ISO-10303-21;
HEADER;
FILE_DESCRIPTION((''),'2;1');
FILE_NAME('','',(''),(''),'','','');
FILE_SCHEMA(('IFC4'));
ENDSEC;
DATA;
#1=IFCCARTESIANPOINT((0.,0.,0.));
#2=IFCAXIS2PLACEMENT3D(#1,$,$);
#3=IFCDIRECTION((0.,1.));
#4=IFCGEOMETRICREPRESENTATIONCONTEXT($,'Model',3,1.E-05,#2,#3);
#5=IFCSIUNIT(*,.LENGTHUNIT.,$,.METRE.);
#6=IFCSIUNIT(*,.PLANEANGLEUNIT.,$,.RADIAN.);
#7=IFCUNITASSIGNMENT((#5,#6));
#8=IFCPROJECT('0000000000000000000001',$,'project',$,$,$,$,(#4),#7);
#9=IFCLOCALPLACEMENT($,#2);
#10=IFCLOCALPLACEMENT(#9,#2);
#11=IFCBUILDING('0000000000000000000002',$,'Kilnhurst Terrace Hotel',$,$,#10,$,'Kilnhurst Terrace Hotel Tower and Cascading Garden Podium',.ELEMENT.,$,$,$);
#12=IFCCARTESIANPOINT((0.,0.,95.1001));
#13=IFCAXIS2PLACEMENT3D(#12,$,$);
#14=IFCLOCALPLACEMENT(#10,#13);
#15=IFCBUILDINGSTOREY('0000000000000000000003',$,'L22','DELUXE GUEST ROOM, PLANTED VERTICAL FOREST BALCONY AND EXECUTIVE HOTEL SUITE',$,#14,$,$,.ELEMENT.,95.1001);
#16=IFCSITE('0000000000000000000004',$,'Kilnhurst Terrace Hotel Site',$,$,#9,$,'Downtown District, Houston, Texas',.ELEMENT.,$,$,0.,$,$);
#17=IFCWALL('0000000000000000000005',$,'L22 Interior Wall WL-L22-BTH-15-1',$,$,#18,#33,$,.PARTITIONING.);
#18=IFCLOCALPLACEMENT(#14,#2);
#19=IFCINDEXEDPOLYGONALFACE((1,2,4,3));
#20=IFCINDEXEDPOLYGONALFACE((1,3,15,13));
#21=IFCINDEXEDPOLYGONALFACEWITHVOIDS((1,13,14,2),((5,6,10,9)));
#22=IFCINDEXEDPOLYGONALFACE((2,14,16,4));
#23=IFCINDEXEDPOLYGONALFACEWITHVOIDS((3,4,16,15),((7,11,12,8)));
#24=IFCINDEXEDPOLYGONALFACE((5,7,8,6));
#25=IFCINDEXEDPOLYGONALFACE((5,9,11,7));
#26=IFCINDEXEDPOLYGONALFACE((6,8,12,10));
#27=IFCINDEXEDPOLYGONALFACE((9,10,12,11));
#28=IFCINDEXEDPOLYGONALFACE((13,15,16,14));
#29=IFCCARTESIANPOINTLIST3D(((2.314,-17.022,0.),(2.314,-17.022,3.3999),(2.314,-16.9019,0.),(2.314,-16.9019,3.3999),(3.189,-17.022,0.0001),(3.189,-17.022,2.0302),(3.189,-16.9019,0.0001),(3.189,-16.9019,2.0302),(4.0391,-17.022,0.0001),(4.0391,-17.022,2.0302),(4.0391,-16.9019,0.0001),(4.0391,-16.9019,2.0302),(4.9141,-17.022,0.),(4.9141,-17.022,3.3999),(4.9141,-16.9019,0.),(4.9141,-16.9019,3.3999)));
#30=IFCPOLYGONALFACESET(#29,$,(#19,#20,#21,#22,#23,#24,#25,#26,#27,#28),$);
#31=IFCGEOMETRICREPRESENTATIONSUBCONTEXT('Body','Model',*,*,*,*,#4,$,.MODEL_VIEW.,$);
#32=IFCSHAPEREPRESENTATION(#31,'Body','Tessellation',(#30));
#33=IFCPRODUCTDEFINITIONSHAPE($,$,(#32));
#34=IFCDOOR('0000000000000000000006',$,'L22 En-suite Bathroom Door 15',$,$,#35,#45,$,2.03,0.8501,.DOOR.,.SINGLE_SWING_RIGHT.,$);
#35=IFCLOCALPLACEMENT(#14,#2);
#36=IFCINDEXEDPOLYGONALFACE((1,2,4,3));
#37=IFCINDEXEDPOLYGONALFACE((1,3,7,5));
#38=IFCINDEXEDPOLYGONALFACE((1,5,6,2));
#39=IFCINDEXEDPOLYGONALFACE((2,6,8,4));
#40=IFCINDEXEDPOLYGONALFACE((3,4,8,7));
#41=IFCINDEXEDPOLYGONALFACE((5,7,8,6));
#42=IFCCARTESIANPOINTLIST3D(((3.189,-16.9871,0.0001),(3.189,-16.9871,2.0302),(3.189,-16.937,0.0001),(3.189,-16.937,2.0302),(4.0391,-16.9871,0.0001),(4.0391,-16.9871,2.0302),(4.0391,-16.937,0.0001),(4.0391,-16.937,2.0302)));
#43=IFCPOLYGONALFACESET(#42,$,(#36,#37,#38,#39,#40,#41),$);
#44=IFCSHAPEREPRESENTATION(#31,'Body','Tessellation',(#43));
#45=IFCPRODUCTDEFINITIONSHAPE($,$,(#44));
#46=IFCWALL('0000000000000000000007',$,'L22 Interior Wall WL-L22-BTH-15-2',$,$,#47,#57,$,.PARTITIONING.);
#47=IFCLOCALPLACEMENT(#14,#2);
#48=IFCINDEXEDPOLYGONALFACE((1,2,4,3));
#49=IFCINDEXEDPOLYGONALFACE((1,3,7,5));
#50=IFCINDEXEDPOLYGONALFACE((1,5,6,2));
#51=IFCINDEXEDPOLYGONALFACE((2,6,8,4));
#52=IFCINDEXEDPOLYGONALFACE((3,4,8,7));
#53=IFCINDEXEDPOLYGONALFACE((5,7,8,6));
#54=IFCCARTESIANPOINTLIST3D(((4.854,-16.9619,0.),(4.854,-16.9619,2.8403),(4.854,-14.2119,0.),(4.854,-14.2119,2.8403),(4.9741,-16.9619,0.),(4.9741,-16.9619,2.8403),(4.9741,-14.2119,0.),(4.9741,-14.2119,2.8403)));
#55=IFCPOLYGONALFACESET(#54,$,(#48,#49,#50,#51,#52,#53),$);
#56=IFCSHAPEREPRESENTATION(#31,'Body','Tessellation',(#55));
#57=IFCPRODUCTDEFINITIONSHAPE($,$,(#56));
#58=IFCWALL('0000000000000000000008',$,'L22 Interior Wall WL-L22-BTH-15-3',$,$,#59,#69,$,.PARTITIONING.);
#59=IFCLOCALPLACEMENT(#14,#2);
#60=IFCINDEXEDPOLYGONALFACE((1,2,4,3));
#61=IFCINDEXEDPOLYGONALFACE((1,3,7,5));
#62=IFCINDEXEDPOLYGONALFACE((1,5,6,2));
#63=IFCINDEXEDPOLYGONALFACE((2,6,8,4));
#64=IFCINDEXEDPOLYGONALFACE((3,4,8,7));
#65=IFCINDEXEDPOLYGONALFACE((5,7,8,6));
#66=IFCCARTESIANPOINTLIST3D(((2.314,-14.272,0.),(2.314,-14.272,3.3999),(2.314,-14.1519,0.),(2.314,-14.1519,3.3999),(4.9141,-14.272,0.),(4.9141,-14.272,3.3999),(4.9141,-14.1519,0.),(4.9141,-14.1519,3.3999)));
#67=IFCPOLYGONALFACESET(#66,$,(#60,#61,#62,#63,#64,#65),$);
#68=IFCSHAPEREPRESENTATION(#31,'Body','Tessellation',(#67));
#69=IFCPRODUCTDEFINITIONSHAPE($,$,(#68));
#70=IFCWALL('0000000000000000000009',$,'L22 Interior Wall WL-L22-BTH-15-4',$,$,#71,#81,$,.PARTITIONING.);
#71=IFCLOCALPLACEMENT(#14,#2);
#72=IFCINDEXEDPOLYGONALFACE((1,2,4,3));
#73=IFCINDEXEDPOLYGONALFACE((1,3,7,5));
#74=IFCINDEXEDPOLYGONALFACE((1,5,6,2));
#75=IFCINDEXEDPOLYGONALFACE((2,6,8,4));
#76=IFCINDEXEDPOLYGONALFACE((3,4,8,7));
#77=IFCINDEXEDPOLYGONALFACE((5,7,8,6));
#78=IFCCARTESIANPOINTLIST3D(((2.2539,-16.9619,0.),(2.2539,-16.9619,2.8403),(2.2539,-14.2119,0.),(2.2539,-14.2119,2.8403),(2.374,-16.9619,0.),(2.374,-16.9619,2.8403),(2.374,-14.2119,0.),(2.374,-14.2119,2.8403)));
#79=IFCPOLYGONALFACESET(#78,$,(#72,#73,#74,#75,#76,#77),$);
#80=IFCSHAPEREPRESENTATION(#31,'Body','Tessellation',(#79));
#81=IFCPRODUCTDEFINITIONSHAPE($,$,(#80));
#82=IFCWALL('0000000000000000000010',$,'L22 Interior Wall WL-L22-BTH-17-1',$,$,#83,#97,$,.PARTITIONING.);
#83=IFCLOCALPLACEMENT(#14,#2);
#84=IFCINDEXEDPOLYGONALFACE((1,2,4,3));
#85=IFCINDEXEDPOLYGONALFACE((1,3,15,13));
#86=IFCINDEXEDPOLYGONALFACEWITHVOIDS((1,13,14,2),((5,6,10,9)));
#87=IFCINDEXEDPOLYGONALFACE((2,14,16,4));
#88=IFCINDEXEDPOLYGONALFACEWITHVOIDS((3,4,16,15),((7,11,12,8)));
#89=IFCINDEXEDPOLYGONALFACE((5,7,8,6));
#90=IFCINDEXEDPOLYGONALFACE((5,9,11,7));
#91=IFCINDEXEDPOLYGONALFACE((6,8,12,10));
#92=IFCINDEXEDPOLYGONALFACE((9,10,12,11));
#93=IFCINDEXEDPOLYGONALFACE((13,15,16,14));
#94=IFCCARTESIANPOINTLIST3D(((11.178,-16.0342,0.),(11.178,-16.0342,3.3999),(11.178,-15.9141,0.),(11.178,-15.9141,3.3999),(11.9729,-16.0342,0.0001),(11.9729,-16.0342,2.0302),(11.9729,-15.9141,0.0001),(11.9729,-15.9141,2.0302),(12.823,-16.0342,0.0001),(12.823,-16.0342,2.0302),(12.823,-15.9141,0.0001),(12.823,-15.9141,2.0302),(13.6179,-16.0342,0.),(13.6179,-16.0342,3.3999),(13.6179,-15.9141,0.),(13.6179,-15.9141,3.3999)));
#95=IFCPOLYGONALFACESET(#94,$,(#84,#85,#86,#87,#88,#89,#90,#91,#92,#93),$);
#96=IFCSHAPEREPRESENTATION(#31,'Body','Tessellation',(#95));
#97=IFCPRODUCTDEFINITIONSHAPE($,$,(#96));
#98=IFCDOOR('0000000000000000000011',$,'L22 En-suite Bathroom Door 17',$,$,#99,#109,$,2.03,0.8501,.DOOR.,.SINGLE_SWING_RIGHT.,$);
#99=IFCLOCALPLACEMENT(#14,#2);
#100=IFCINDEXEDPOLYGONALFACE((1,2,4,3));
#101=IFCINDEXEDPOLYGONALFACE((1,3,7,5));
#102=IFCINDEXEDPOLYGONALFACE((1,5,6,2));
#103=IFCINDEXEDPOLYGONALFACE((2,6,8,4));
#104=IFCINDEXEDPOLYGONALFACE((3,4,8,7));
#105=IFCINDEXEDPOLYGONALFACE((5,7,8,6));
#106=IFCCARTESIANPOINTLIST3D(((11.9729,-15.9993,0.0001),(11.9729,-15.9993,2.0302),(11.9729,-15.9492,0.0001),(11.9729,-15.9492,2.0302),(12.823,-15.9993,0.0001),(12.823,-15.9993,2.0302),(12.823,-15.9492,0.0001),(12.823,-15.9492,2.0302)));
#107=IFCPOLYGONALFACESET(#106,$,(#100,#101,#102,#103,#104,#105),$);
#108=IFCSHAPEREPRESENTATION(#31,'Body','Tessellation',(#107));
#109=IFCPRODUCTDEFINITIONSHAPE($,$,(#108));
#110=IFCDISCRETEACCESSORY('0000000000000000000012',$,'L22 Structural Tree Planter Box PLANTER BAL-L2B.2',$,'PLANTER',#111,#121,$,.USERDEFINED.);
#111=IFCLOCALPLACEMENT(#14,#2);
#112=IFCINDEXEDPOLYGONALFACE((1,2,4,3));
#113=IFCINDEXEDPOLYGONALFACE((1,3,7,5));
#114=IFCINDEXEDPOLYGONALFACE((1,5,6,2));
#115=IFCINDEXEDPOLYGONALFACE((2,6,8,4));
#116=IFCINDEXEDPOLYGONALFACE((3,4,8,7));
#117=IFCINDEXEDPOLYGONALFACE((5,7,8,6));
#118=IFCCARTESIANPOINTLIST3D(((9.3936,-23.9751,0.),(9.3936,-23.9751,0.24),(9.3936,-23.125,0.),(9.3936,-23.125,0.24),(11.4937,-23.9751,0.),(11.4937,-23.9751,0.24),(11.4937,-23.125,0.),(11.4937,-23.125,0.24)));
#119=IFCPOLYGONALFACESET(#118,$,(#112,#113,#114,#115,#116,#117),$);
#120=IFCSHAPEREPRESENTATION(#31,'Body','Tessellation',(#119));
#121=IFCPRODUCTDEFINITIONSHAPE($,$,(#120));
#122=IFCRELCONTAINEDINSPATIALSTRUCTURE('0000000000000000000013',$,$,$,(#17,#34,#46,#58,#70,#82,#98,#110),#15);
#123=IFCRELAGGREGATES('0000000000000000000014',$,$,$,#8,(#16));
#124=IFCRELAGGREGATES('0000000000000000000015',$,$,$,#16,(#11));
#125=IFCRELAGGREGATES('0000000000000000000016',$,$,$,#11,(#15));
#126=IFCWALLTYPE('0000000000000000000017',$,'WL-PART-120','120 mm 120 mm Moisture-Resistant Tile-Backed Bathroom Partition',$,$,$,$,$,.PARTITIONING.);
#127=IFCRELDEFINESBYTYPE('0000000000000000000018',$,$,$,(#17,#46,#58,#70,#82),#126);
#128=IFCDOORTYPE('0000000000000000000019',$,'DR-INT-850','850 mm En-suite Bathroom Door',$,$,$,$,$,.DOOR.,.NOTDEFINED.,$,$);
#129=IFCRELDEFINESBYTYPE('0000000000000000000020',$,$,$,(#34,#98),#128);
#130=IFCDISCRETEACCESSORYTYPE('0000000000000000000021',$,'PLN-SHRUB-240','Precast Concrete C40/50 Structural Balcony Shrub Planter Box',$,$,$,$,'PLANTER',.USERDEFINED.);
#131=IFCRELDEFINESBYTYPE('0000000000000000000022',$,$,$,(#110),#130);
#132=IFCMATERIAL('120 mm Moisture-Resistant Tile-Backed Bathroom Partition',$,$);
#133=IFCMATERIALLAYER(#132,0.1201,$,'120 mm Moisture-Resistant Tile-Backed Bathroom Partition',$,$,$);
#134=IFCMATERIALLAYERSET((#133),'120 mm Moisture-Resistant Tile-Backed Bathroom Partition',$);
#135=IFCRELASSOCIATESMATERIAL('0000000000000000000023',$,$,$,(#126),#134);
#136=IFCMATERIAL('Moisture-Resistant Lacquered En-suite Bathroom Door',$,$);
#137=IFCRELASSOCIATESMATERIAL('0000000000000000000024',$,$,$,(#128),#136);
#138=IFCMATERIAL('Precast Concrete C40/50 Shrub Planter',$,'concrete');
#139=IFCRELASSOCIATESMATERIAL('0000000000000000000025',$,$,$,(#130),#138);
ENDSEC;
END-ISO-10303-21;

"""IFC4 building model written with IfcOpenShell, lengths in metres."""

from ifc_helpers import new_model, si_unit, direction, frame, frame_2d, origin, origin_2d, place, context, subcontext, project, spatial, rectangle, extrude, material, layer, layer_set, type_object, element, fill, save


model = new_model("IFC4")

# Units and contexts
model_context = context("Model", 3, precision=1e-05, world=origin(), true_north=direction((0.0, 1.0)))
body_context = subcontext(model_context, "Body", "Model", "MODEL_VIEW")
ifc_project = project(units=[si_unit("LENGTHUNIT", "METRE"), si_unit("PLANEANGLEUNIT", "RADIAN")], contexts=[model_context])

# Site, building, storey
site_placement = place(None, origin())
site = spatial("IfcSite", under=ifc_project, at=site_placement, Name="Kilnhurst Terrace Hotel Site", LongName="Downtown District, Houston, Texas", CompositionType="ELEMENT", RefElevation=0.0)
building_placement = place(site_placement, origin())
building = spatial("IfcBuilding", under=site, at=building_placement, Name="Kilnhurst Terrace Hotel", LongName="Kilnhurst Terrace Hotel Tower and Cascading Garden Podium", CompositionType="ELEMENT")
storey_placement = place(building_placement, frame((0.0, 0.0, 95.1001)))
storey = spatial("IfcBuildingStorey", under=building, at=storey_placement, Name="L22", Description="DELUXE GUEST ROOM, PLANTED VERTICAL FOREST BALCONY AND EXECUTIVE HOTEL SUITE", CompositionType="ELEMENT", Elevation=95.1001)

# Wall, opening, door
ifc_material_1 = material(Name="120 mm Moisture-Resistant Tile-Backed Bathroom Partition")
ifc_layer_1 = layer(ifc_material_1, 0.1201, Name="120 mm Moisture-Resistant Tile-Backed Bathroom Partition")
ifc_layer_set_1 = layer_set([ifc_layer_1], Name="120 mm Moisture-Resistant Tile-Backed Bathroom Partition")
wall_type_1 = type_object("IfcWallType", Name="WL-PART-120", Description="120 mm 120 mm Moisture-Resistant Tile-Backed Bathroom Partition", PredefinedType="PARTITIONING", material=ifc_layer_set_1)
wall_1_placement = place(storey_placement, frame((2.314, -16.9619, 0.0), z_axis=(0.0, 0.0, 1.0), x_axis=(1.0, 0.0, 0.0)))
wall_1 = element("IfcWall", 1, at=wall_1_placement, inside=storey, type_object=wall_type_1, Name="L22 Interior Wall WL-L22-BTH-15-1", PredefinedType="PARTITIONING", context=body_context, shape_type="SweptSolid", body=[
    extrude(rectangle(XDim=2.6001, YDim=0.1201, at=frame_2d((1.3, 0.0))), origin(), (0.0, 0.0, 1.0), 3.3999),
])
opening_1_placement = place(wall_1_placement, frame((0.875, 0.0, 0.0)))
opening_1 = element("IfcOpeningElement", 2, at=opening_1_placement, cuts=wall_1, PredefinedType="OPENING", context=body_context, shape_type="SweptSolid", body=[
    extrude(rectangle(XDim=0.8501, YDim=2.03, at=frame_2d((0.425, 1.0151))), frame((0.0, 0.0701, 0.0), z_axis=(0.0, -1.0, 0.0), x_axis=(1.0, 0.0, 0.0)), (0.0, 0.0, 1.0), 0.1401),
])
ifc_material_2 = material(Name="Moisture-Resistant Lacquered En-suite Bathroom Door")
door_type = type_object("IfcDoorType", Name="DR-INT-850", Description="850 mm En-suite Bathroom Door", OperationType="NOTDEFINED", PredefinedType="DOOR", material=ifc_material_2)
door_1_placement = place(opening_1_placement, origin())
door_1 = element("IfcDoor", 3, at=door_1_placement, inside=storey, type_object=door_type, Name="L22 En-suite Bathroom Door 15", OperationType="SINGLE_SWING_RIGHT", OverallHeight=2.03, OverallWidth=0.8501, PredefinedType="DOOR", context=body_context, shape_type="SweptSolid", body=[
    extrude(rectangle(XDim=0.8501, YDim=2.03, at=frame_2d((0.425, 1.0151))), frame((0.0, 0.0249, 0.0), z_axis=(0.0, -1.0, 0.0), x_axis=(1.0, 0.0, 0.0)), (0.0, 0.0, 1.0), 0.05),
])
fill(opening_1, door_1)

# Walls
wall_2_placement = place(storey_placement, frame((4.9141, -16.9619, 0.0), z_axis=(0.0, 0.0, 1.0), x_axis=(0.0, 1.0, 0.0)))
element("IfcWall", 4, at=wall_2_placement, inside=storey, type_object=wall_type_1, Name="L22 Interior Wall WL-L22-BTH-15-2", PredefinedType="PARTITIONING", context=body_context, shape_type="SweptSolid", body=[
    extrude(rectangle(XDim=2.75, YDim=0.1201, at=frame_2d((1.375, 0.0))), origin(), (0.0, 0.0, 1.0), 2.8403),
])
wall_3_placement = place(storey_placement, frame((4.9141, -14.2119, 0.0), z_axis=(0.0, 0.0, 1.0), x_axis=(-1.0, 0.0, 0.0)))
element("IfcWall", 5, at=wall_3_placement, inside=storey, type_object=wall_type_1, Name="L22 Interior Wall WL-L22-BTH-15-3", PredefinedType="PARTITIONING", context=body_context, shape_type="SweptSolid", body=[
    extrude(rectangle(XDim=2.6001, YDim=0.1201, at=frame_2d((1.3, 0.0))), origin(), (0.0, 0.0, 1.0), 3.3999),
])
wall_4_placement = place(storey_placement, frame((2.314, -14.2119, 0.0), z_axis=(0.0, 0.0, 1.0), x_axis=(0.0, -1.0, 0.0)))
element("IfcWall", 6, at=wall_4_placement, inside=storey, type_object=wall_type_1, Name="L22 Interior Wall WL-L22-BTH-15-4", PredefinedType="PARTITIONING", context=body_context, shape_type="SweptSolid", body=[
    extrude(rectangle(XDim=2.75, YDim=0.1201, at=frame_2d((1.375, 0.0))), origin(), (0.0, 0.0, 1.0), 2.8403),
])

# Wall, opening, door
wall_5_placement = place(storey_placement, frame((11.178, -15.9741, 0.0), z_axis=(0.0, 0.0, 1.0), x_axis=(1.0, 0.0, 0.0)))
wall_5 = element("IfcWall", 7, at=wall_5_placement, inside=storey, type_object=wall_type_1, Name="L22 Interior Wall WL-L22-BTH-17-1", PredefinedType="PARTITIONING", context=body_context, shape_type="SweptSolid", body=[
    extrude(rectangle(XDim=2.4399, YDim=0.1201, at=frame_2d((1.22, 0.0))), origin(), (0.0, 0.0, 1.0), 3.3999),
])
opening_2_placement = place(wall_5_placement, frame((0.7949, 0.0, 0.0)))
opening_2 = element("IfcOpeningElement", 8, at=opening_2_placement, cuts=wall_5, PredefinedType="OPENING", context=body_context, shape_type="SweptSolid", body=[
    extrude(rectangle(XDim=0.8501, YDim=2.03, at=frame_2d((0.425, 1.0151))), frame((0.0, 0.0701, 0.0), z_axis=(0.0, -1.0, 0.0), x_axis=(1.0, 0.0, 0.0)), (0.0, 0.0, 1.0), 0.1401),
])
door_2_placement = place(opening_2_placement, origin())
door_2 = element("IfcDoor", 9, at=door_2_placement, inside=storey, type_object=door_type, Name="L22 En-suite Bathroom Door 17", OperationType="SINGLE_SWING_RIGHT", OverallHeight=2.03, OverallWidth=0.8501, PredefinedType="DOOR", context=body_context, shape_type="SweptSolid", body=[
    extrude(rectangle(XDim=0.8501, YDim=2.03, at=frame_2d((0.425, 1.0151))), frame((0.0, 0.0249, 0.0), z_axis=(0.0, -1.0, 0.0), x_axis=(1.0, 0.0, 0.0)), (0.0, 0.0, 1.0), 0.05),
])
fill(opening_2, door_2)

# Discrete accessory
ifc_material_3 = material(Name="Precast Concrete C40/50 Shrub Planter", Category="concrete")
discrete_accessory_type = type_object("IfcDiscreteAccessoryType", Name="PLN-SHRUB-240", Description="Precast Concrete C40/50 Structural Balcony Shrub Planter Box", ElementType="PLANTER", PredefinedType="USERDEFINED", material=ifc_material_3)
discrete_accessory_placement = place(storey_placement, frame((10.4436, -23.55, 0.0), z_axis=(0.0, 0.0, 1.0), x_axis=(1.0, 0.0, 0.0)))
element("IfcDiscreteAccessory", 10, at=discrete_accessory_placement, inside=storey, type_object=discrete_accessory_type, Name="L22 Structural Tree Planter Box PLANTER BAL-L2B.2", ObjectType="PLANTER", PredefinedType="USERDEFINED", context=body_context, shape_type="SweptSolid", body=[
    extrude(rectangle(XDim=2.1001, YDim=0.8501, at=origin_2d()), origin(), (0.0, 0.0, 1.0), 0.24),
])

save(model, "model.ifc")
